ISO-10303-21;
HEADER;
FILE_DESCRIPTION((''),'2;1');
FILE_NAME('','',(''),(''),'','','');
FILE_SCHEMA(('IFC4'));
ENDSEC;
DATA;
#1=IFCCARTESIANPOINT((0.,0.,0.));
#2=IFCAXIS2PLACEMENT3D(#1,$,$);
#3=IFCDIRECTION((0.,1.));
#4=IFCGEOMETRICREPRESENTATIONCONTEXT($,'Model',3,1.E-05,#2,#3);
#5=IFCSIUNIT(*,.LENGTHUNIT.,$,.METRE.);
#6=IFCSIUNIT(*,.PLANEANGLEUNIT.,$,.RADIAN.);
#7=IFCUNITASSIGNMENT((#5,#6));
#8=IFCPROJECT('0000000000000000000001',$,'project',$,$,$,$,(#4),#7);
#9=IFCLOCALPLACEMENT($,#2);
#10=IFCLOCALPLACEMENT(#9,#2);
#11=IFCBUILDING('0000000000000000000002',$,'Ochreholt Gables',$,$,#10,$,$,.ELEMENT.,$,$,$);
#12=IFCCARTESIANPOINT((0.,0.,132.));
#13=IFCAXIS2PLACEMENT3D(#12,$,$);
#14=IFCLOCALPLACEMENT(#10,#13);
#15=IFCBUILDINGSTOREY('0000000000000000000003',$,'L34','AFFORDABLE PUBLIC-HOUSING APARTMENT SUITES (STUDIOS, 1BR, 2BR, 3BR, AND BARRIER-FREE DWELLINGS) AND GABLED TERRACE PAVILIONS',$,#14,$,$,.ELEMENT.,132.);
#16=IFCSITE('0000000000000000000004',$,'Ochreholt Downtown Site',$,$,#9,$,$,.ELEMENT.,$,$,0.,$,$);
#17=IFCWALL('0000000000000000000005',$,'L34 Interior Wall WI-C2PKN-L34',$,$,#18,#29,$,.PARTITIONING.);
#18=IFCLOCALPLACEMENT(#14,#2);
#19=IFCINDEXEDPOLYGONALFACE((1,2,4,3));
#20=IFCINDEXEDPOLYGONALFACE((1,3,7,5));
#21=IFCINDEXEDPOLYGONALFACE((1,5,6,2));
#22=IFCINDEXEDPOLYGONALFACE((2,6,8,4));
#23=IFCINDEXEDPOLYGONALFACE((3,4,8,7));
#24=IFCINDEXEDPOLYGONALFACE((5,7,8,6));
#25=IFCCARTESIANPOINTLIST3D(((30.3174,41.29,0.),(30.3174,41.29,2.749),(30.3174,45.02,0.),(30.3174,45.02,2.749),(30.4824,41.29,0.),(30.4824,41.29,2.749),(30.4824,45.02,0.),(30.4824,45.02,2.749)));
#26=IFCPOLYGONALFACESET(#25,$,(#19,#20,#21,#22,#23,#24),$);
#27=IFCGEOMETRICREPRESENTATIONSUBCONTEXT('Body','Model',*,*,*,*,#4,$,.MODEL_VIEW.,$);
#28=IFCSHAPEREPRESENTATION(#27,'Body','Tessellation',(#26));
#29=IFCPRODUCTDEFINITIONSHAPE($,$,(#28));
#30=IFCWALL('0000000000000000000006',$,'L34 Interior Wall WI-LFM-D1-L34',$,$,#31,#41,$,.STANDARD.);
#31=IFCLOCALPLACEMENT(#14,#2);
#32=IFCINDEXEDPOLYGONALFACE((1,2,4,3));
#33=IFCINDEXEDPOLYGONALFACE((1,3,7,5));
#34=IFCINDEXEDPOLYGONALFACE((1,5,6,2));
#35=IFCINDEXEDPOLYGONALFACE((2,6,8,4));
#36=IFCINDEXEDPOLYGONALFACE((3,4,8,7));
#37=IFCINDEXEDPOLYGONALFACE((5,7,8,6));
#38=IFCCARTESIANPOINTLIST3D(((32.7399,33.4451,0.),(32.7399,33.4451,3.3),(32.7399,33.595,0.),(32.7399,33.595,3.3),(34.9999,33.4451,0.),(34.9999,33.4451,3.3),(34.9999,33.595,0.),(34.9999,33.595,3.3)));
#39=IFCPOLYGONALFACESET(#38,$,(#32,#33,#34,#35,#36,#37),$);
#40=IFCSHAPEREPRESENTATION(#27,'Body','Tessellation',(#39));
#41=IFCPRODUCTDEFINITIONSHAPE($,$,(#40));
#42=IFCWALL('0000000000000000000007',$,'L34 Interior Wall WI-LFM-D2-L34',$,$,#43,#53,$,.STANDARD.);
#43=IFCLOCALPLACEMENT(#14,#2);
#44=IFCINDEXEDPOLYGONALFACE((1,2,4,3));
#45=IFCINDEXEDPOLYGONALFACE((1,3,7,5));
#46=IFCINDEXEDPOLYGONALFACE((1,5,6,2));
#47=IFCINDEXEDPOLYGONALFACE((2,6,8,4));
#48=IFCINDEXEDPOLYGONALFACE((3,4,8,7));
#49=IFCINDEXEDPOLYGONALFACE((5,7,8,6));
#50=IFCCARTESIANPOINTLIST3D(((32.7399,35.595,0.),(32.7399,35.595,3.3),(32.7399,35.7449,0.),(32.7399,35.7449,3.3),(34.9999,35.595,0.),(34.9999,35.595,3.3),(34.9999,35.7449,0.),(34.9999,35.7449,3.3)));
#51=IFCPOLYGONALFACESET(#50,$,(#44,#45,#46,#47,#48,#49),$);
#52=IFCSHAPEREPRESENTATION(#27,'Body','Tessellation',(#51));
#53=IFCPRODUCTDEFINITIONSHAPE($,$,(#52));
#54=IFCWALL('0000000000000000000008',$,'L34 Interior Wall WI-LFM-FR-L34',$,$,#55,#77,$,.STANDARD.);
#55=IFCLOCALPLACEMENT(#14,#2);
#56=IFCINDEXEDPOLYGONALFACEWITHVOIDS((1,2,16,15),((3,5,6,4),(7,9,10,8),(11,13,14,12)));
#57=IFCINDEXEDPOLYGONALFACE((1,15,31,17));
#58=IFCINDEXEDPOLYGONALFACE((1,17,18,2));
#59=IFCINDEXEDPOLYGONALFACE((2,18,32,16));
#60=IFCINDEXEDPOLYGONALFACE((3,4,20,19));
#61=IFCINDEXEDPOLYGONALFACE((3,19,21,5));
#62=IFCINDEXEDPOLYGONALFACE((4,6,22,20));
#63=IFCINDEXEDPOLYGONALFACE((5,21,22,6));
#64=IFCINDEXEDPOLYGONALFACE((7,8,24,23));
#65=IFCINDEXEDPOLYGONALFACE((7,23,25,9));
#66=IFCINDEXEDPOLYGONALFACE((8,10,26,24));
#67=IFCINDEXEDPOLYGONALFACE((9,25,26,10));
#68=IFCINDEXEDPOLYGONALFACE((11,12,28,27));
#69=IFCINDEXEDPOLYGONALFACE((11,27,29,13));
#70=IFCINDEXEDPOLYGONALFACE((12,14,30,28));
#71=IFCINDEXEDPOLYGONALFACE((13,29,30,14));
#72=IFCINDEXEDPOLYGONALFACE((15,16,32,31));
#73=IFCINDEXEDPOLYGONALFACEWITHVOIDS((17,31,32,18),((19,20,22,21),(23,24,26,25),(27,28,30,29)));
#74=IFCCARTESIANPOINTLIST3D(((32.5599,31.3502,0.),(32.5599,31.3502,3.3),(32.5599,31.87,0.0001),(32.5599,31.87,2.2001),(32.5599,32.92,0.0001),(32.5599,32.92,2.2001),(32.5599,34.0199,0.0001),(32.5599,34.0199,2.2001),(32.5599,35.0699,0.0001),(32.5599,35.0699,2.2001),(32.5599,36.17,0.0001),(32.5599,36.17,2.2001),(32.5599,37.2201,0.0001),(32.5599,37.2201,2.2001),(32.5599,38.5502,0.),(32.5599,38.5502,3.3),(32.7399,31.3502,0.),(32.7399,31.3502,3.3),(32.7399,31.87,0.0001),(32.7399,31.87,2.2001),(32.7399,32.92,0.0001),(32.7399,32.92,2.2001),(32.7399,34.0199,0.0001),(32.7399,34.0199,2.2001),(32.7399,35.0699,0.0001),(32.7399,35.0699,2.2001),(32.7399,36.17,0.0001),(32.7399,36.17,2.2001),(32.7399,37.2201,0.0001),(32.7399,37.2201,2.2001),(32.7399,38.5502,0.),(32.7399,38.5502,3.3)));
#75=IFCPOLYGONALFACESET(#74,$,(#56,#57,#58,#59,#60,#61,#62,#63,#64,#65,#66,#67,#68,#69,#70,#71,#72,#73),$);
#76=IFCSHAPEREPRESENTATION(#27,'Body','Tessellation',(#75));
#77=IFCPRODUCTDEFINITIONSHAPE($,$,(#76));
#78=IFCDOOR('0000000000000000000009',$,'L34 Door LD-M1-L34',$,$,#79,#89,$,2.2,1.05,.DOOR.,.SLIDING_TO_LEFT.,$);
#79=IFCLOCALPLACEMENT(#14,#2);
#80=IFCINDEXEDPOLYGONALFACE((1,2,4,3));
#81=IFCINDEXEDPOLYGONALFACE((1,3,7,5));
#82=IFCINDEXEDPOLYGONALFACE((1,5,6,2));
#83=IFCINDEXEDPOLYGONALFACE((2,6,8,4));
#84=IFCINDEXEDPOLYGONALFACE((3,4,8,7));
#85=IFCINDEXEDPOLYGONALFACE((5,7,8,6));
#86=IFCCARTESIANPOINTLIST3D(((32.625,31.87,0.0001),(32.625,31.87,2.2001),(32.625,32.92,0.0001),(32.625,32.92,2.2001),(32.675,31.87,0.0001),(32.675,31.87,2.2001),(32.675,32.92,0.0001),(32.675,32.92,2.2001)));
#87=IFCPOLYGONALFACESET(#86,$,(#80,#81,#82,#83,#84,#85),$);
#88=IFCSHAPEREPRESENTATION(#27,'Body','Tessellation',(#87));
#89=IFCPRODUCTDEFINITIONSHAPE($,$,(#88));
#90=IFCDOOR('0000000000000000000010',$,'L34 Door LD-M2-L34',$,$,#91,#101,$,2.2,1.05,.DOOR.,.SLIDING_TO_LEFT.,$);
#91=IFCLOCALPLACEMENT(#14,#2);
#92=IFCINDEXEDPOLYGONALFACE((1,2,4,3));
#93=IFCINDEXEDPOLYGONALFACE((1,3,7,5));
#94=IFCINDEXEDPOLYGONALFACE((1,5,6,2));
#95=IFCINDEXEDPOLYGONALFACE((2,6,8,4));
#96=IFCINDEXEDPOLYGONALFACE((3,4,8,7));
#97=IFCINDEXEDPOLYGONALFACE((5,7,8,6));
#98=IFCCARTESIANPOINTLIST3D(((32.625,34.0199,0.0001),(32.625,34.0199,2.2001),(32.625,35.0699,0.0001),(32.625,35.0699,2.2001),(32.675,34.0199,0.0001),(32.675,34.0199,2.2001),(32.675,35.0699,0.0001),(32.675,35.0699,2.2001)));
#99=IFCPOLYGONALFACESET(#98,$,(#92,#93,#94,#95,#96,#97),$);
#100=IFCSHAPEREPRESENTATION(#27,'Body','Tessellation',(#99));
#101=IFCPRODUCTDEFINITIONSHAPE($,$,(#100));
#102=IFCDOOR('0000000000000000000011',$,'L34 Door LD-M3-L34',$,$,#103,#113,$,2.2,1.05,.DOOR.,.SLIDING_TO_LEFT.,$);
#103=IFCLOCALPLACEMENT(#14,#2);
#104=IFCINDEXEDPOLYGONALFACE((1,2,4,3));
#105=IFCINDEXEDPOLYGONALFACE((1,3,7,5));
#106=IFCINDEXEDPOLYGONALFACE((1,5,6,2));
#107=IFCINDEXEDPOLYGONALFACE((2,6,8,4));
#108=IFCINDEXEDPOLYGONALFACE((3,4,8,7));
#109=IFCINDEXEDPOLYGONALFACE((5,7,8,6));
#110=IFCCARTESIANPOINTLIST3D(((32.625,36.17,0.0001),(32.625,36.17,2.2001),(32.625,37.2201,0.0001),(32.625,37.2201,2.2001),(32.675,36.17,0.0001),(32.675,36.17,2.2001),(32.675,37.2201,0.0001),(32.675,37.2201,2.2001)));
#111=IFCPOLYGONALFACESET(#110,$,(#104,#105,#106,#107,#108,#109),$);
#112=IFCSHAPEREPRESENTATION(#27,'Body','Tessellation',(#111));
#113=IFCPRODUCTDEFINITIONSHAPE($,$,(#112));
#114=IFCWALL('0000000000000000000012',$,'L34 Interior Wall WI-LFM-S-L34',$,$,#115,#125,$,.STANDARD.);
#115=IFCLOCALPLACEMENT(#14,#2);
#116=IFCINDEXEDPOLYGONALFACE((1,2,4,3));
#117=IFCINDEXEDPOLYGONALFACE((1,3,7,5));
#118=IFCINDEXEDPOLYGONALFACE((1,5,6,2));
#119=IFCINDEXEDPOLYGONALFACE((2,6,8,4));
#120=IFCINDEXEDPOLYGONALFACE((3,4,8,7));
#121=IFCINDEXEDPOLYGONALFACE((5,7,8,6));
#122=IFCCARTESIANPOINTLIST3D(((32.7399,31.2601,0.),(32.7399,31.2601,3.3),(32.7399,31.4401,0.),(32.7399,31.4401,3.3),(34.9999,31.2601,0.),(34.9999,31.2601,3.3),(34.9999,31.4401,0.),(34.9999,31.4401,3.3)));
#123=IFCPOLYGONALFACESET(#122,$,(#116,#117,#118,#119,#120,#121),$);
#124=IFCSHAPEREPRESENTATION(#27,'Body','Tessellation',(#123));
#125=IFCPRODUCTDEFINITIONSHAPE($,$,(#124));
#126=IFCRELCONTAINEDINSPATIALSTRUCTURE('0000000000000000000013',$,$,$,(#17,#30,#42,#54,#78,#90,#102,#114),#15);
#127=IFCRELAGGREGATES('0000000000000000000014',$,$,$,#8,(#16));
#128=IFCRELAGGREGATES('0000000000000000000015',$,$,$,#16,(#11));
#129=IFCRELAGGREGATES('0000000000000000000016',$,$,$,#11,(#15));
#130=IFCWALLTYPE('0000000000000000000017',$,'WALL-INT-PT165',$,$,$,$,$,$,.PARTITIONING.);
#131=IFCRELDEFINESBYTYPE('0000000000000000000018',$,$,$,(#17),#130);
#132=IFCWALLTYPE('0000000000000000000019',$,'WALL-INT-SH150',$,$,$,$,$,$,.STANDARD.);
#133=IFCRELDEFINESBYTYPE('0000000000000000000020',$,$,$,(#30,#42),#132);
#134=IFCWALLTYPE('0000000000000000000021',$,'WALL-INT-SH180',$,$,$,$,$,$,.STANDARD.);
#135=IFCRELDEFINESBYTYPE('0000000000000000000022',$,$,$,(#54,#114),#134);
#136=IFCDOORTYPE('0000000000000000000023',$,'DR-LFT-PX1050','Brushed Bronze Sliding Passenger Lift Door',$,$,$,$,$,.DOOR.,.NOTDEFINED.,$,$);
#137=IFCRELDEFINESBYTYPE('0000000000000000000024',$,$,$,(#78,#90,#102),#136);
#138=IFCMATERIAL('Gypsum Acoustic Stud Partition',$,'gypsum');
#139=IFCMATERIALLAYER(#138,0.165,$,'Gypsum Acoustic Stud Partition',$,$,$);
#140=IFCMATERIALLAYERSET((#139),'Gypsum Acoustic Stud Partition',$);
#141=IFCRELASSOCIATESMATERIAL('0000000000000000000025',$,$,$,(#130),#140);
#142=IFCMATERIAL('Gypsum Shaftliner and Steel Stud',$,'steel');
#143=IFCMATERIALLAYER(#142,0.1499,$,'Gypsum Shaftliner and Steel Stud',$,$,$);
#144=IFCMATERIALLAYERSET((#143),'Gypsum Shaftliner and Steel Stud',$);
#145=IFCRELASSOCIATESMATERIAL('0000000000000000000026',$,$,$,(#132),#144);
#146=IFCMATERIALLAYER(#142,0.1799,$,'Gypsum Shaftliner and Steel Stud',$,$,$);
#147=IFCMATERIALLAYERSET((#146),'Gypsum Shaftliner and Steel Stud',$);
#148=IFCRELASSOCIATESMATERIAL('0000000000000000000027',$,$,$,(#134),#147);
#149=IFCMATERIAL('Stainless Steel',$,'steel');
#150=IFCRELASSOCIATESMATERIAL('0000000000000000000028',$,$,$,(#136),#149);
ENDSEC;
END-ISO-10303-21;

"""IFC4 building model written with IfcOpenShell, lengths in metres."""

from ifc_helpers import new_model, si_unit, direction, frame, frame_2d, origin, place, context, subcontext, project, spatial, rectangle, extrude, material, layer, layer_set, type_object, element, fill, save


model = new_model("IFC4")

# Units and contexts
model_context = context("Model", 3, precision=1e-05, world=origin(), true_north=direction((0.0, 1.0)))
body_context = subcontext(model_context, "Body", "Model", "MODEL_VIEW")
ifc_project = project(units=[si_unit("LENGTHUNIT", "METRE"), si_unit("PLANEANGLEUNIT", "RADIAN")], contexts=[model_context])

# Site, building, storey
site_placement = place(None, origin())
site = spatial("IfcSite", under=ifc_project, at=site_placement, Name="Ochreholt Downtown Site", CompositionType="ELEMENT", RefElevation=0.0)
building_placement = place(site_placement, origin())
building = spatial("IfcBuilding", under=site, at=building_placement, Name="Ochreholt Gables", CompositionType="ELEMENT")
storey_placement = place(building_placement, frame((0.0, 0.0, 132.0)))
storey = spatial("IfcBuildingStorey", under=building, at=storey_placement, Name="L34", Description="AFFORDABLE PUBLIC-HOUSING APARTMENT SUITES (STUDIOS, 1BR, 2BR, 3BR, AND BARRIER-FREE DWELLINGS) AND GABLED TERRACE PAVILIONS", CompositionType="ELEMENT", Elevation=132.0)

# Shared definitions
ifc_material_1 = material(Name="Gypsum Acoustic Stud Partition", Category="gypsum")
ifc_layer_1 = layer(ifc_material_1, 0.165, Name="Gypsum Acoustic Stud Partition")
ifc_layer_set_1 = layer_set([ifc_layer_1], Name="Gypsum Acoustic Stud Partition")
wall_type_1 = type_object("IfcWallType", Name="WALL-INT-PT165", PredefinedType="PARTITIONING", material=ifc_layer_set_1)

# Walls
wall_1_placement = place(storey_placement, frame((30.3999, 41.29, 0.0), z_axis=(0.0, 0.0, 1.0), x_axis=(0.0, 1.0, 0.0)))
element("IfcWall", 1, at=wall_1_placement, inside=storey, type_object=wall_type_1, Name="L34 Interior Wall WI-C2PKN-L34", PredefinedType="PARTITIONING", context=body_context, shape_type="SweptSolid", body=[
    extrude(rectangle(XDim=3.73, YDim=0.165, at=frame_2d((1.865, 0.0))), origin(), (0.0, 0.0, 1.0), 2.749),
])
ifc_material_2 = material(Name="Gypsum Shaftliner and Steel Stud", Category="steel")
ifc_layer_2 = layer(ifc_material_2, 0.1499, Name="Gypsum Shaftliner and Steel Stud")
ifc_layer_set_2 = layer_set([ifc_layer_2], Name="Gypsum Shaftliner and Steel Stud")
wall_type_2 = type_object("IfcWallType", Name="WALL-INT-SH150", PredefinedType="STANDARD", material=ifc_layer_set_2)
for number, where, z_axis, x_axis, name in (
    (2, (32.74, 33.52, 0.0), (0.0, 0.0, 1.0), (1.0, 0.0, 0.0), "L34 Interior Wall WI-LFM-D1-L34"),
    (3, (32.74, 35.6699, 0.0), (0.0, 0.0, 1.0), (1.0, 0.0, 0.0), "L34 Interior Wall WI-LFM-D2-L34"),
):
    element("IfcWall", number, at=place(storey_placement, frame(where, z_axis=z_axis, x_axis=x_axis)), inside=storey, type_object=wall_type_2, Name=name, PredefinedType="STANDARD", context=body_context, shape_type="SweptSolid", body=[
        extrude(rectangle(XDim=2.26, YDim=0.1499, at=frame_2d((1.1299, 0.0))), origin(), (0.0, 0.0, 1.0), 3.3),
    ])

# Wall, openings, doors
ifc_layer_3 = layer(ifc_material_2, 0.1799, Name="Gypsum Shaftliner and Steel Stud")
ifc_layer_set_3 = layer_set([ifc_layer_3], Name="Gypsum Shaftliner and Steel Stud")
wall_type_3 = type_object("IfcWallType", Name="WALL-INT-SH180", PredefinedType="STANDARD", material=ifc_layer_set_3)
wall_2_placement = place(storey_placement, frame((32.6499, 31.3501, 0.0), z_axis=(0.0, 0.0, 1.0), x_axis=(0.0, 1.0, 0.0)))
wall_2 = element("IfcWall", 4, at=wall_2_placement, inside=storey, type_object=wall_type_3, Name="L34 Interior Wall WI-LFM-FR-L34", PredefinedType="STANDARD", context=body_context, shape_type="SweptSolid", body=[
    extrude(rectangle(XDim=7.2, YDim=0.1799, at=frame_2d((3.6001, 0.0))), origin(), (0.0, 0.0, 1.0), 3.3),
])
opening_1_placement = place(wall_2_placement, frame((0.52, 0.0, 0.0)))
opening_1 = element("IfcOpeningElement", 5, at=opening_1_placement, cuts=wall_2, PredefinedType="OPENING", context=body_context, shape_type="SweptSolid", body=[
    extrude(rectangle(XDim=1.05, YDim=2.2, at=frame_2d((0.5249, 1.1001))), frame((0.0, 0.0999, 0.0), z_axis=(0.0, -1.0, 0.0), x_axis=(1.0, 0.0, 0.0)), (0.0, 0.0, 1.0), 0.2),
])
opening_2_placement = place(wall_2_placement, frame((2.6699, 0.0, 0.0)))
opening_2 = element("IfcOpeningElement", 6, at=opening_2_placement, cuts=wall_2, PredefinedType="OPENING", context=body_context, shape_type="SweptSolid", body=[
    extrude(rectangle(XDim=1.05, YDim=2.2, at=frame_2d((0.5249, 1.1001))), frame((0.0, 0.0999, 0.0), z_axis=(0.0, -1.0, 0.0), x_axis=(1.0, 0.0, 0.0)), (0.0, 0.0, 1.0), 0.2),
])
opening_3_placement = place(wall_2_placement, frame((4.8201, 0.0, 0.0)))
opening_3 = element("IfcOpeningElement", 7, at=opening_3_placement, cuts=wall_2, PredefinedType="OPENING", context=body_context, shape_type="SweptSolid", body=[
    extrude(rectangle(XDim=1.05, YDim=2.2, at=frame_2d((0.5249, 1.1001))), frame((0.0, 0.0999, 0.0), z_axis=(0.0, -1.0, 0.0), x_axis=(1.0, 0.0, 0.0)), (0.0, 0.0, 1.0), 0.2),
])
ifc_material_3 = material(Name="Stainless Steel", Category="steel")
door_type_1 = type_object("IfcDoorType", Name="DR-LFT-PX1050", Description="Brushed Bronze Sliding Passenger Lift Door", OperationType="NOTDEFINED", PredefinedType="DOOR", material=ifc_material_3)
door_1_placement = place(opening_1_placement, origin())
door_1 = element("IfcDoor", 8, at=door_1_placement, inside=storey, type_object=door_type_1, Name="L34 Door LD-M1-L34", OperationType="SLIDING_TO_LEFT", OverallHeight=2.2, OverallWidth=1.05, PredefinedType="DOOR", context=body_context, shape_type="SweptSolid", body=[
    extrude(rectangle(XDim=1.05, YDim=2.2, at=frame_2d((0.5249, 1.1001))), frame((0.0, 0.0249, 0.0), z_axis=(0.0, -1.0, 0.0), x_axis=(1.0, 0.0, 0.0)), (0.0, 0.0, 1.0), 0.05),
])
fill(opening_1, door_1)
door_2_placement = place(opening_2_placement, origin())
door_2 = element("IfcDoor", 9, at=door_2_placement, inside=storey, type_object=door_type_1, Name="L34 Door LD-M2-L34", OperationType="SLIDING_TO_LEFT", OverallHeight=2.2, OverallWidth=1.05, PredefinedType="DOOR", context=body_context, shape_type="SweptSolid", body=[
    extrude(rectangle(XDim=1.05, YDim=2.2, at=frame_2d((0.5249, 1.1001))), frame((0.0, 0.0249, 0.0), z_axis=(0.0, -1.0, 0.0), x_axis=(1.0, 0.0, 0.0)), (0.0, 0.0, 1.0), 0.05),
])
fill(opening_2, door_2)
door_3_placement = place(opening_3_placement, origin())
door_3 = element("IfcDoor", 10, at=door_3_placement, inside=storey, type_object=door_type_1, Name="L34 Door LD-M3-L34", OperationType="SLIDING_TO_LEFT", OverallHeight=2.2, OverallWidth=1.05, PredefinedType="DOOR", context=body_context, shape_type="SweptSolid", body=[
    extrude(rectangle(XDim=1.05, YDim=2.2, at=frame_2d((0.5249, 1.1001))), frame((0.0, 0.0249, 0.0), z_axis=(0.0, -1.0, 0.0), x_axis=(1.0, 0.0, 0.0)), (0.0, 0.0, 1.0), 0.05),
])
fill(opening_3, door_3)

# Wall
wall_3_placement = place(storey_placement, frame((32.74, 31.3501, 0.0), z_axis=(0.0, 0.0, 1.0), x_axis=(1.0, 0.0, 0.0)))
element("IfcWall", 11, at=wall_3_placement, inside=storey, type_object=wall_type_3, Name="L34 Interior Wall WI-LFM-S-L34", PredefinedType="STANDARD", context=body_context, shape_type="SweptSolid", body=[
    extrude(rectangle(XDim=2.26, YDim=0.1799, at=frame_2d((1.1299, 0.0))), origin(), (0.0, 0.0, 1.0), 3.3),
])

save(model, "model.ifc")
